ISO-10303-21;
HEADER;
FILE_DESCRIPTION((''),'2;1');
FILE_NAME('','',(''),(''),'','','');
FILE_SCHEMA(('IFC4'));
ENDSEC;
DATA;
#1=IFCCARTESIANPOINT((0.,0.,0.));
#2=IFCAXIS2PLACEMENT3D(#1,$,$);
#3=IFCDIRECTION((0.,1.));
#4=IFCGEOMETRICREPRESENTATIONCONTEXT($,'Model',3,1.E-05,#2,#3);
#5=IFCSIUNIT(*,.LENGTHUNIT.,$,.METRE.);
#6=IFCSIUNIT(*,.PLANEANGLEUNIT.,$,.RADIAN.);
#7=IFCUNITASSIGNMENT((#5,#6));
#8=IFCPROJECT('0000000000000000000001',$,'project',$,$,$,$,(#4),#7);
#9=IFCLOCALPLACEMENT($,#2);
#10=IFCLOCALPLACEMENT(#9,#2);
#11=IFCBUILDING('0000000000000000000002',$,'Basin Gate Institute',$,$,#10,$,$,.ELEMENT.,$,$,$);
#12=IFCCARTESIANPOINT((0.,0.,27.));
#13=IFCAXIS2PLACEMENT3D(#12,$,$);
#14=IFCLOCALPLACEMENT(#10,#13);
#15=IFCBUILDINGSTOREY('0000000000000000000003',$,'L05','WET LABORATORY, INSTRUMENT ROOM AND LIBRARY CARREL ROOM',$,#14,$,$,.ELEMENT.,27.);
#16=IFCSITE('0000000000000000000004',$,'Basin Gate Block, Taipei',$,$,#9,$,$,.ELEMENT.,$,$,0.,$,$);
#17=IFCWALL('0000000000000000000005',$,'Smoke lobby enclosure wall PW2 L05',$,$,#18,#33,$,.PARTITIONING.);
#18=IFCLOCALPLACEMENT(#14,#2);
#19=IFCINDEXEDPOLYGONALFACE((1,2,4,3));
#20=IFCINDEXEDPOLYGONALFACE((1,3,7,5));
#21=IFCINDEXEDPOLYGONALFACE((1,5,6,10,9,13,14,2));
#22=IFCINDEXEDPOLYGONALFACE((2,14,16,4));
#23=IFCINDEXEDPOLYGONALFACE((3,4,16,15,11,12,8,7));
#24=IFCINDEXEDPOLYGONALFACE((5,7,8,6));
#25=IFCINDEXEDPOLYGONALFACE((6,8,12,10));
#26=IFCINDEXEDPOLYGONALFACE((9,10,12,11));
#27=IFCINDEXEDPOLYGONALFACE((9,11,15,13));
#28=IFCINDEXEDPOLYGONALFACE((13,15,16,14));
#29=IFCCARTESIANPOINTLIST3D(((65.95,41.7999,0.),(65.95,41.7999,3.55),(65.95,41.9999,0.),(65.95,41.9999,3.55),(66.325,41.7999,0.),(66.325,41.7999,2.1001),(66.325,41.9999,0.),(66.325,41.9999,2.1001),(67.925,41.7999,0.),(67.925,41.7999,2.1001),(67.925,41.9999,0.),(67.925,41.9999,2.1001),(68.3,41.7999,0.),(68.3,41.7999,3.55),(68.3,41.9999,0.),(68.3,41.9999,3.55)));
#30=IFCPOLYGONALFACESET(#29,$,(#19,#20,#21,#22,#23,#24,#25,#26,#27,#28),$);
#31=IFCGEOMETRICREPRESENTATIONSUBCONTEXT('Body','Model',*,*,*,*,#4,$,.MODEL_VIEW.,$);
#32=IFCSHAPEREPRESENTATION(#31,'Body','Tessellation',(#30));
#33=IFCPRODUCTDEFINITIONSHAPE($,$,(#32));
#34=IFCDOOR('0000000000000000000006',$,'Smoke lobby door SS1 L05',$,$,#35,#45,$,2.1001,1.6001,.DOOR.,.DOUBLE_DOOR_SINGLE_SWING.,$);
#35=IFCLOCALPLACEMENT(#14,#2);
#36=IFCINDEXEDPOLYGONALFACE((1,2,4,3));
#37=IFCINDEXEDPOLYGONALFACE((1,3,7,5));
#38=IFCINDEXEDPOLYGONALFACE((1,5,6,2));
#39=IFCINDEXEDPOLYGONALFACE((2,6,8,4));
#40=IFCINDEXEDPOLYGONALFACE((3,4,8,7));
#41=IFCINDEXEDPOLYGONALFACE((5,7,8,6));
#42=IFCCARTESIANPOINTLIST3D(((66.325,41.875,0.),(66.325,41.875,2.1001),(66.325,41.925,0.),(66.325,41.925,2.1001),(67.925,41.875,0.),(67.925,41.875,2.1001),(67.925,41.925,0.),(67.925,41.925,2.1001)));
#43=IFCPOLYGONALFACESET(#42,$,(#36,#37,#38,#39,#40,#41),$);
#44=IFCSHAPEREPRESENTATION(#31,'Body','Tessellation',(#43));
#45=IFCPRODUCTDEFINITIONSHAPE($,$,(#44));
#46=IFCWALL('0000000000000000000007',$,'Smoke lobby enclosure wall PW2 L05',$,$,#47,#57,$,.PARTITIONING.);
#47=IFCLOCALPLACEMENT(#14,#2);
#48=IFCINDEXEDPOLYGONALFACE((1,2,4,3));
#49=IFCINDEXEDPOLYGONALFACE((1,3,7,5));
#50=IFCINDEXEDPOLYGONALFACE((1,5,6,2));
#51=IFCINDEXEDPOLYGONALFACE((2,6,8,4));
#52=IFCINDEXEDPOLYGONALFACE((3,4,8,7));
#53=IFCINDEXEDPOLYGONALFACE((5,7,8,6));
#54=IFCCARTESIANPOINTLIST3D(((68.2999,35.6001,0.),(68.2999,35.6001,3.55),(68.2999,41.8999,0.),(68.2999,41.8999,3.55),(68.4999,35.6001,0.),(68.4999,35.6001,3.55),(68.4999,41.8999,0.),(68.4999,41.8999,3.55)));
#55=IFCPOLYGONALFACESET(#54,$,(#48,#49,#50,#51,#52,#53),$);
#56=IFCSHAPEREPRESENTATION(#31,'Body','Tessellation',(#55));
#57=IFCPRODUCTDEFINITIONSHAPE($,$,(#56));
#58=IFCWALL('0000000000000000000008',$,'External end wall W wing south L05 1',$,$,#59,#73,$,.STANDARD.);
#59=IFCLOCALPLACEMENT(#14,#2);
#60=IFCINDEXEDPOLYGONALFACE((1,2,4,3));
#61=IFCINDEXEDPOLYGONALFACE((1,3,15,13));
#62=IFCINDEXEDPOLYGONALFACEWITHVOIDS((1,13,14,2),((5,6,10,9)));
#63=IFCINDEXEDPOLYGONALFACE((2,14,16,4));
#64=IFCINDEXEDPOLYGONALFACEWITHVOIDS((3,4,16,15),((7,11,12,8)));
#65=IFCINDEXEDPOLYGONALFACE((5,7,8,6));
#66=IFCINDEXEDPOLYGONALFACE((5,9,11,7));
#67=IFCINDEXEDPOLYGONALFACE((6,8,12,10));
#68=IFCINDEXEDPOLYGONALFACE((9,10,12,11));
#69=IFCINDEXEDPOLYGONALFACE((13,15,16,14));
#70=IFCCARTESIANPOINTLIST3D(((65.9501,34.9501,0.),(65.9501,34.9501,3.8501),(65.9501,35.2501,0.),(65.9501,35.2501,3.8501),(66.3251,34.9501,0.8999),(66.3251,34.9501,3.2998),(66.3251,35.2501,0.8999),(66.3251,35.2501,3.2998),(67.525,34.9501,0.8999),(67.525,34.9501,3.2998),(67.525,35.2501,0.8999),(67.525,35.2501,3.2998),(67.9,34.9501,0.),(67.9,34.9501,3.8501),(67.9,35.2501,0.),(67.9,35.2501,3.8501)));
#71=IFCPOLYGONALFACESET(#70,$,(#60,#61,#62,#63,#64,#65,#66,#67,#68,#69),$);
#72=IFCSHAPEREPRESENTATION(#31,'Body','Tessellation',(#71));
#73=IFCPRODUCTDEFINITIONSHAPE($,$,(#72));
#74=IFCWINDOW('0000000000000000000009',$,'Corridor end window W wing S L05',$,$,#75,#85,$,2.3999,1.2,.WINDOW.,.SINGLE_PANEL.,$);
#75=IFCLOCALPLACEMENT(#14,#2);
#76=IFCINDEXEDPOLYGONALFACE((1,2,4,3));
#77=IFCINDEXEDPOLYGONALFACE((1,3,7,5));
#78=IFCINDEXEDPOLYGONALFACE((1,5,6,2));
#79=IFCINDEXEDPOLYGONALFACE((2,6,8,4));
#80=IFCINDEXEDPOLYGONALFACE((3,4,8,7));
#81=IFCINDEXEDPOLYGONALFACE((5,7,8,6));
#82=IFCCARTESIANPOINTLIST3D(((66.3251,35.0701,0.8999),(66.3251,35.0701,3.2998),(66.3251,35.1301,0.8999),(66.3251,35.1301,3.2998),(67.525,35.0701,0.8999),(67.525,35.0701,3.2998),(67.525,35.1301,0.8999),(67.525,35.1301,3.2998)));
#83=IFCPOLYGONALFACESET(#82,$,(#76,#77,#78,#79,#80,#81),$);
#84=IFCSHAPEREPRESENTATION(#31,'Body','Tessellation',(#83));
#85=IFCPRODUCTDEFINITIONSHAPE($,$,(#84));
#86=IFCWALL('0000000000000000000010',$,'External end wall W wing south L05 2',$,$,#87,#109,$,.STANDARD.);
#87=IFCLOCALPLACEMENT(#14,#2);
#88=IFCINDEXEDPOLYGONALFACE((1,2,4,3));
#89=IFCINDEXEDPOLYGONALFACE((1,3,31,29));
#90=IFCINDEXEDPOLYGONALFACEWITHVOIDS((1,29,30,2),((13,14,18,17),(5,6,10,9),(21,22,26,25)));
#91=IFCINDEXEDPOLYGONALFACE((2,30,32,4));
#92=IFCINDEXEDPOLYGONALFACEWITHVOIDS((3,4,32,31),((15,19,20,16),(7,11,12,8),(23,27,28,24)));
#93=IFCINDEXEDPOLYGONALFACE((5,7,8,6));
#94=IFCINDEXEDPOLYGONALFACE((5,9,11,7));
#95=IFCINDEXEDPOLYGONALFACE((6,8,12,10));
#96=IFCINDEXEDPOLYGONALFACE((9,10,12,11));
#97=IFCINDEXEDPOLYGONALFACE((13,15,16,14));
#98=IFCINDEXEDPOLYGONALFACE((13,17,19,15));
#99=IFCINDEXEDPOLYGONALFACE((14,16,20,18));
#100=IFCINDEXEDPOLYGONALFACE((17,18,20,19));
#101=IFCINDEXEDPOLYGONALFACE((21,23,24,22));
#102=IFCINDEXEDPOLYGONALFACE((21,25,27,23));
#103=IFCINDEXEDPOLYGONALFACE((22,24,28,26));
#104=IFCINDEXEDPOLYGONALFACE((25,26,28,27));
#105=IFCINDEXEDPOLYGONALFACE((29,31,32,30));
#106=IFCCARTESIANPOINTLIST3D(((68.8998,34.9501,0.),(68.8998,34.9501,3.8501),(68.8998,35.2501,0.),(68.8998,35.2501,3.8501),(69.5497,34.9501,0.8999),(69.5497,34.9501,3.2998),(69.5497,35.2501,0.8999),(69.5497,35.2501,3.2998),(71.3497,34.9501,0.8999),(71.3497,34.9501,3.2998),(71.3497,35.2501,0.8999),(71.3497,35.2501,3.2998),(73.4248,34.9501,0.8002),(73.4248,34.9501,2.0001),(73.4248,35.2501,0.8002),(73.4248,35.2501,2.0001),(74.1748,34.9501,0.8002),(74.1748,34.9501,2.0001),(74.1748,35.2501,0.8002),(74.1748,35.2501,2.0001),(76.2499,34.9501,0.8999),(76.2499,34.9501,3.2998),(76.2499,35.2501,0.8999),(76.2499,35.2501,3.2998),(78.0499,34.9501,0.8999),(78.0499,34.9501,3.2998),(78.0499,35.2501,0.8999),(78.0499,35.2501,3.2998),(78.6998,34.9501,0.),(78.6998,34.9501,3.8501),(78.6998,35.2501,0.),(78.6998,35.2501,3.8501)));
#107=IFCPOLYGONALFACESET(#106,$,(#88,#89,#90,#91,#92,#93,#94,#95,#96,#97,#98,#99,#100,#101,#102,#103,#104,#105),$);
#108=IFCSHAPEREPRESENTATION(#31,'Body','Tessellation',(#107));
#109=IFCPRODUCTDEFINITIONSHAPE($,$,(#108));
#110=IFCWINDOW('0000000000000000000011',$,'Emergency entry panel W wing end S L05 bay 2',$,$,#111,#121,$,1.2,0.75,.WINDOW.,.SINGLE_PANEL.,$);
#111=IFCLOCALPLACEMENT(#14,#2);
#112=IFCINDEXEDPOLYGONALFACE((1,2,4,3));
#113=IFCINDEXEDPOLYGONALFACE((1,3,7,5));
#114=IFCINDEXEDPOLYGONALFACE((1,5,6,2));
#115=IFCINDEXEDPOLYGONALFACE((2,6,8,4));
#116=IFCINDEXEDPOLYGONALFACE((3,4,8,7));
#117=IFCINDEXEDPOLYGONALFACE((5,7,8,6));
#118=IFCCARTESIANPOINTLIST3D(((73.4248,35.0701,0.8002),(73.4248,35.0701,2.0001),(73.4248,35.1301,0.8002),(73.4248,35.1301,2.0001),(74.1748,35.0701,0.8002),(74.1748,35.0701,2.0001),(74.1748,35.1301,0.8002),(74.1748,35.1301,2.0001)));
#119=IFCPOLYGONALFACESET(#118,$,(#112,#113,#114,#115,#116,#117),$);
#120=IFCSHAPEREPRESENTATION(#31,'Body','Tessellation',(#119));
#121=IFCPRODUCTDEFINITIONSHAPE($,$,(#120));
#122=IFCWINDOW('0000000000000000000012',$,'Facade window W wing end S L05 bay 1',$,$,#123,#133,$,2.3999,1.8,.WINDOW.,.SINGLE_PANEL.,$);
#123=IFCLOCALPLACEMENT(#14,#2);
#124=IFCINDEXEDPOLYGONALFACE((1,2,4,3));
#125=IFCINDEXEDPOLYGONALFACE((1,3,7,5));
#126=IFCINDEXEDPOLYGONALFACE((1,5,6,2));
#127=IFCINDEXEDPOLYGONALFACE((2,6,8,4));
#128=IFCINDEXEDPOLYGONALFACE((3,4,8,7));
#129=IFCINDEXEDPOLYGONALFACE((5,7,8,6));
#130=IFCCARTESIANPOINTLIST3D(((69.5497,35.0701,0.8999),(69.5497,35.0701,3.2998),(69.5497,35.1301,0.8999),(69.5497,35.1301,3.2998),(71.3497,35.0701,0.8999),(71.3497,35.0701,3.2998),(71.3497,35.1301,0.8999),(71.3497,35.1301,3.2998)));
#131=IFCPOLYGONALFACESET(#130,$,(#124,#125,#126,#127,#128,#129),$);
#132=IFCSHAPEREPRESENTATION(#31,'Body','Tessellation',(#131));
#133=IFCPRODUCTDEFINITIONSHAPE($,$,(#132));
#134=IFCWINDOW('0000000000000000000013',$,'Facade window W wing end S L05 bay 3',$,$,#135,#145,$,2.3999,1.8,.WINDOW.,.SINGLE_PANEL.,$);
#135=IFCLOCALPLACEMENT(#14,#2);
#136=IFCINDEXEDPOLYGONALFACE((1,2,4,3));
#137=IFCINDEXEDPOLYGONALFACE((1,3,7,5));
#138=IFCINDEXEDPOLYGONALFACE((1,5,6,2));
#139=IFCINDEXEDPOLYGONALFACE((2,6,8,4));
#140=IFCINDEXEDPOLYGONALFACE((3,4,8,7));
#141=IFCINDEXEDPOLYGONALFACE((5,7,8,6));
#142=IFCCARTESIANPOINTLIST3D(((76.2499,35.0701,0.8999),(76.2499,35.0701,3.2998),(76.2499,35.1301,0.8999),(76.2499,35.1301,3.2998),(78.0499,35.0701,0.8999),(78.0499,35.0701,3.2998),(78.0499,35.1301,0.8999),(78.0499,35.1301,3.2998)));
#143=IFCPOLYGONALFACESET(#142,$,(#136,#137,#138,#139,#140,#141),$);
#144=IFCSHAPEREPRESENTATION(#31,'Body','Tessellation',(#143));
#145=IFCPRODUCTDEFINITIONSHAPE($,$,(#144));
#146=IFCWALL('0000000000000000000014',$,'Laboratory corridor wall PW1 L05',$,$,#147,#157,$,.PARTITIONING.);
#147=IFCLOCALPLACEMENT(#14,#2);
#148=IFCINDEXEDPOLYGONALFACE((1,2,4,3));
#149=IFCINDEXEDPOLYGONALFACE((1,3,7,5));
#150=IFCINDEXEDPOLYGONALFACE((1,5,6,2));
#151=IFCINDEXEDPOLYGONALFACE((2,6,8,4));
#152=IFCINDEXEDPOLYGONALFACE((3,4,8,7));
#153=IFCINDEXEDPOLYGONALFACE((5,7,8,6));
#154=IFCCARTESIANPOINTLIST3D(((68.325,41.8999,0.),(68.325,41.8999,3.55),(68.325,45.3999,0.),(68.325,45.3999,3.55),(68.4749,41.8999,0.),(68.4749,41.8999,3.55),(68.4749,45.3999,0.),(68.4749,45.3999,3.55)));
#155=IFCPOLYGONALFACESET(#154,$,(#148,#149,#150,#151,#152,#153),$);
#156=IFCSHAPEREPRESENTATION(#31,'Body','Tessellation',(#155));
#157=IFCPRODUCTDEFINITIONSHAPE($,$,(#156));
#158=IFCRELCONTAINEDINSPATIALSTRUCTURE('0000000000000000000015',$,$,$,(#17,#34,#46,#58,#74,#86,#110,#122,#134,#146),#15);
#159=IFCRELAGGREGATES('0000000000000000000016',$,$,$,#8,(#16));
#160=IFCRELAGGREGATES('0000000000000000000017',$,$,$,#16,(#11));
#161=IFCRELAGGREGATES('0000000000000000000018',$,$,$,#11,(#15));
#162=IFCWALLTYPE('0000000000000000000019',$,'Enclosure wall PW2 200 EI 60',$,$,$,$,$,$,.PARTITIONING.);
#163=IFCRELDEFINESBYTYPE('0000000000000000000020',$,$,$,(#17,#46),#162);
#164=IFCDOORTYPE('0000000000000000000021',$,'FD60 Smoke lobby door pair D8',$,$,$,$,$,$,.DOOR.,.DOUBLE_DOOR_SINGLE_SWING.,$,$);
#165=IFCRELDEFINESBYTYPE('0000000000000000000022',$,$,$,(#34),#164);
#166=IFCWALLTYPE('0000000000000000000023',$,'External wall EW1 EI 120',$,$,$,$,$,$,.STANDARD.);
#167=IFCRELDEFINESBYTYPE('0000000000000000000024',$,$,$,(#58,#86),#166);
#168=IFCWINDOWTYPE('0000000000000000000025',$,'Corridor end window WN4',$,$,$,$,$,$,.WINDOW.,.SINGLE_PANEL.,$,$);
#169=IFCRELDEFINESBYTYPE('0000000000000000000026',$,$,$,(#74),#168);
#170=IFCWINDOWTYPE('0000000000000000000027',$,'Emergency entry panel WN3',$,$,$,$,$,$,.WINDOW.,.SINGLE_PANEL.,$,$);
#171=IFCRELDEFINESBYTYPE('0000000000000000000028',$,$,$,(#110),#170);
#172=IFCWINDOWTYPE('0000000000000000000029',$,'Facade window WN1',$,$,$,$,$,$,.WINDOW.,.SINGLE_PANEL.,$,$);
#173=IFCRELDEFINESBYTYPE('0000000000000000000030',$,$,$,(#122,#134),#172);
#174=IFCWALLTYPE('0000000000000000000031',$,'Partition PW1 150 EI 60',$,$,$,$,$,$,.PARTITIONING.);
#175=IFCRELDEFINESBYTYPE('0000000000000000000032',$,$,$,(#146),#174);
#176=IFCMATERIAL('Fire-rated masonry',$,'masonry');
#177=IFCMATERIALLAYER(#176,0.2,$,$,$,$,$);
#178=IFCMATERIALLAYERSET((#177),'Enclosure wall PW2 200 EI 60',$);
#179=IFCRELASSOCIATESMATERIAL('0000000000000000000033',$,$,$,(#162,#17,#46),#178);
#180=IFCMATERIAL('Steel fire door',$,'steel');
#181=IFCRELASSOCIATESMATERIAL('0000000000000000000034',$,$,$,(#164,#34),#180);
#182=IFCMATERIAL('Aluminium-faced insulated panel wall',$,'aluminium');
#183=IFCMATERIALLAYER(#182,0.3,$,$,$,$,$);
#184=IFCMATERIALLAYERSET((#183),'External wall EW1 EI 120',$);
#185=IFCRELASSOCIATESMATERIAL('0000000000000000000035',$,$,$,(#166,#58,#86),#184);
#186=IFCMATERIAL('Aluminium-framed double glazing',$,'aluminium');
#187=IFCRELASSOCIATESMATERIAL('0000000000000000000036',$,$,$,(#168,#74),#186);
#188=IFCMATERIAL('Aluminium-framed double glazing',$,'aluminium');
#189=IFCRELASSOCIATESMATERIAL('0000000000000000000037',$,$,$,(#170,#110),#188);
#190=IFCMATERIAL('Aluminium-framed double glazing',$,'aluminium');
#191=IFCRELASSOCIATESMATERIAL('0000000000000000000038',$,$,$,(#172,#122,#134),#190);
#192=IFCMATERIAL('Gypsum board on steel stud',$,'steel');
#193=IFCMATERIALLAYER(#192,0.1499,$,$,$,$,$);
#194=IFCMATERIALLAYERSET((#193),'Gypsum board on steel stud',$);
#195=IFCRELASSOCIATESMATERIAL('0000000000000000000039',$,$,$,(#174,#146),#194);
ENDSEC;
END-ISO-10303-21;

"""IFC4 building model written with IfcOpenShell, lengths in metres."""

from ifc_helpers import new_model, si_unit, direction, frame, frame_2d, origin, place, context, subcontext, project, spatial, rectangle, extrude, material, layer, layer_set, type_object, element, fill, save


model = new_model("IFC4")

# Units and contexts
model_context = context("Model", 3, precision=1e-05, world=origin(), true_north=direction((0.0, 1.0)))
body_context = subcontext(model_context, "Body", "Model", "MODEL_VIEW")
ifc_project = project(units=[si_unit("LENGTHUNIT", "METRE"), si_unit("PLANEANGLEUNIT", "RADIAN")], contexts=[model_context])

# Site, building, storey
site_placement = place(None, origin())
site = spatial("IfcSite", under=ifc_project, at=site_placement, Name="Basin Gate Block, Taipei", CompositionType="ELEMENT", RefElevation=0.0)
building_placement = place(site_placement, origin())
building = spatial("IfcBuilding", under=site, at=building_placement, Name="Basin Gate Institute", CompositionType="ELEMENT")
storey_placement = place(building_placement, frame((0.0, 0.0, 27.0)))
storey = spatial("IfcBuildingStorey", under=building, at=storey_placement, Name="L05", Description="WET LABORATORY, INSTRUMENT ROOM AND LIBRARY CARREL ROOM", CompositionType="ELEMENT", Elevation=27.0)

# Wall, opening, door
ifc_material_1 = material(Name="Fire-rated masonry", Category="masonry")
ifc_layer_1 = layer(ifc_material_1, 0.2)
ifc_layer_set_1 = layer_set([ifc_layer_1], Name="Enclosure wall PW2 200 EI 60")
wall_type_1 = type_object("IfcWallType", Name="Enclosure wall PW2 200 EI 60", PredefinedType="PARTITIONING", material=ifc_layer_set_1)
wall_1_placement = place(storey_placement, frame((65.95, 41.8999, 0.0), z_axis=(0.0, 0.0, 1.0), x_axis=(1.0, 0.0, 0.0)))
wall_1 = element("IfcWall", 1, at=wall_1_placement, inside=storey, type_object=wall_type_1, material=ifc_layer_set_1, Name="Smoke lobby enclosure wall PW2 L05", PredefinedType="PARTITIONING", context=body_context, shape_type="SweptSolid", body=[
    extrude(rectangle(XDim=2.3501, YDim=0.2, at=frame_2d((1.175, 0.0))), origin(), (0.0, 0.0, 1.0), 3.55),
])
opening_1_placement = place(wall_1_placement, frame((0.375, 0.0, 0.0)))
opening_1 = element("IfcOpeningElement", 2, at=opening_1_placement, cuts=wall_1, PredefinedType="OPENING", context=body_context, shape_type="SweptSolid", body=[
    extrude(rectangle(XDim=1.6001, YDim=2.1001, at=frame_2d((0.8, 1.05))), frame((0.0, 0.1099, 0.0), z_axis=(0.0, -1.0, 0.0), x_axis=(1.0, 0.0, 0.0)), (0.0, 0.0, 1.0), 0.22),
])
ifc_material_2 = material(Name="Steel fire door", Category="steel")
door_type_1 = type_object("IfcDoorType", Name="FD60 Smoke lobby door pair D8", OperationType="DOUBLE_DOOR_SINGLE_SWING", PredefinedType="DOOR", material=ifc_material_2)
door_1_placement = place(opening_1_placement, frame((1.6001, 0.0, 0.0), z_axis=(0.0, 0.0, 1.0), x_axis=(-1.0, 0.0, 0.0)))
door_1 = element("IfcDoor", 3, at=door_1_placement, inside=storey, type_object=door_type_1, material=ifc_material_2, Name="Smoke lobby door SS1 L05", OperationType="DOUBLE_DOOR_SINGLE_SWING", OverallHeight=2.1001, OverallWidth=1.6001, PredefinedType="DOOR", context=body_context, shape_type="SweptSolid", body=[
    extrude(rectangle(XDim=1.6001, YDim=2.1001, at=frame_2d((0.8, 1.05))), frame((0.0, 0.0249, 0.0), z_axis=(0.0, -1.0, 0.0), x_axis=(1.0, 0.0, 0.0)), (0.0, 0.0, 1.0), 0.05),
])
fill(opening_1, door_1)

# Wall
wall_2_placement = place(storey_placement, frame((68.3999, 35.6001, 0.0), z_axis=(0.0, 0.0, 1.0), x_axis=(0.0, 1.0, 0.0)))
element("IfcWall", 4, at=wall_2_placement, inside=storey, type_object=wall_type_1, material=ifc_layer_set_1, Name="Smoke lobby enclosure wall PW2 L05", PredefinedType="PARTITIONING", context=body_context, shape_type="SweptSolid", body=[
    extrude(rectangle(XDim=6.2998, YDim=0.2, at=frame_2d((3.1499, 0.0))), origin(), (0.0, 0.0, 1.0), 3.55),
])

# Wall, opening, window
ifc_material_3 = material(Name="Aluminium-faced insulated panel wall", Category="aluminium")
ifc_layer_2 = layer(ifc_material_3, 0.3)
ifc_layer_set_2 = layer_set([ifc_layer_2], Name="External wall EW1 EI 120")
wall_type_2 = type_object("IfcWallType", Name="External wall EW1 EI 120", PredefinedType="STANDARD", material=ifc_layer_set_2)
wall_3_placement = place(storey_placement, frame((65.95, 35.1001, 0.0), z_axis=(0.0, 0.0, 1.0), x_axis=(1.0, 0.0, 0.0)))
wall_3 = element("IfcWall", 5, at=wall_3_placement, inside=storey, type_object=wall_type_2, material=ifc_layer_set_2, Name="External end wall W wing south L05 1", PredefinedType="STANDARD", context=body_context, shape_type="SweptSolid", body=[
    extrude(rectangle(XDim=1.95, YDim=0.3, at=frame_2d((0.9751, 0.0))), origin(), (0.0, 0.0, 1.0), 3.8501),
])
opening_2_placement = place(wall_3_placement, frame((0.375, 0.0, 0.8999)))
opening_2 = element("IfcOpeningElement", 6, at=opening_2_placement, cuts=wall_3, PredefinedType="OPENING", context=body_context, shape_type="SweptSolid", body=[
    extrude(rectangle(XDim=1.2, YDim=2.3999, at=frame_2d((0.6001, 1.2))), frame((0.0, 0.1602, 0.0), z_axis=(0.0, -1.0, 0.0), x_axis=(1.0, 0.0, 0.0)), (0.0, 0.0, 1.0), 0.3201),
])
ifc_material_4 = material(Name="Aluminium-framed double glazing", Category="aluminium")
window_type_1 = type_object("IfcWindowType", Name="Corridor end window WN4", PartitioningType="SINGLE_PANEL", PredefinedType="WINDOW", material=ifc_material_4)
window_1_placement = place(opening_2_placement, origin())
window_1 = element("IfcWindow", 7, at=window_1_placement, inside=storey, type_object=window_type_1, material=ifc_material_4, Name="Corridor end window W wing S L05", OverallHeight=2.3999, OverallWidth=1.2, PartitioningType="SINGLE_PANEL", PredefinedType="WINDOW", context=body_context, shape_type="SweptSolid", body=[
    extrude(rectangle(XDim=1.2, YDim=2.3999, at=frame_2d((0.6001, 1.2))), frame((0.0, 0.03, 0.0), z_axis=(0.0, -1.0, 0.0), x_axis=(1.0, 0.0, 0.0)), (0.0, 0.0, 1.0), 0.0601),
])
fill(opening_2, window_1)

# Wall, openings, windows
wall_4_placement = place(storey_placement, frame((68.8999, 35.1001, 0.0), z_axis=(0.0, 0.0, 1.0), x_axis=(1.0, 0.0, 0.0)))
wall_4 = element("IfcWall", 8, at=wall_4_placement, inside=storey, type_object=wall_type_2, material=ifc_layer_set_2, Name="External end wall W wing south L05 2", PredefinedType="STANDARD", context=body_context, shape_type="SweptSolid", body=[
    extrude(rectangle(XDim=9.8, YDim=0.3, at=frame_2d((4.8999, 0.0))), origin(), (0.0, 0.0, 1.0), 3.8501),
])
opening_3_placement = place(wall_4_placement, frame((0.6499, 0.0, 0.8999)))
opening_3 = element("IfcOpeningElement", 9, at=opening_3_placement, cuts=wall_4, PredefinedType="OPENING", context=body_context, shape_type="SweptSolid", body=[
    extrude(rectangle(XDim=1.8, YDim=2.3999, at=frame_2d((0.8999, 1.2))), frame((0.0, 0.1602, 0.0), z_axis=(0.0, -1.0, 0.0), x_axis=(1.0, 0.0, 0.0)), (0.0, 0.0, 1.0), 0.3201),
])
opening_4_placement = place(wall_4_placement, frame((4.5249, 0.0, 0.8)))
opening_4 = element("IfcOpeningElement", 10, at=opening_4_placement, cuts=wall_4, PredefinedType="OPENING", context=body_context, shape_type="SweptSolid", body=[
    extrude(rectangle(XDim=0.75, YDim=1.2, at=frame_2d((0.375, 0.6001))), frame((0.0, 0.1602, 0.0), z_axis=(0.0, -1.0, 0.0), x_axis=(1.0, 0.0, 0.0)), (0.0, 0.0, 1.0), 0.3201),
])
opening_5_placement = place(wall_4_placement, frame((7.3501, 0.0, 0.8999)))
opening_5 = element("IfcOpeningElement", 11, at=opening_5_placement, cuts=wall_4, PredefinedType="OPENING", context=body_context, shape_type="SweptSolid", body=[
    extrude(rectangle(XDim=1.8, YDim=2.3999, at=frame_2d((0.8999, 1.2))), frame((0.0, 0.1602, 0.0), z_axis=(0.0, -1.0, 0.0), x_axis=(1.0, 0.0, 0.0)), (0.0, 0.0, 1.0), 0.3201),
])
ifc_material_5 = material(Name="Aluminium-framed double glazing", Category="aluminium")
window_type_2 = type_object("IfcWindowType", Name="Emergency entry panel WN3", PartitioningType="SINGLE_PANEL", PredefinedType="WINDOW", material=ifc_material_5)
window_2_placement = place(opening_4_placement, origin())
window_2 = element("IfcWindow", 12, at=window_2_placement, inside=storey, type_object=window_type_2, material=ifc_material_5, Name="Emergency entry panel W wing end S L05 bay 2", OverallHeight=1.2, OverallWidth=0.75, PartitioningType="SINGLE_PANEL", PredefinedType="WINDOW", context=body_context, shape_type="SweptSolid", body=[
    extrude(rectangle(XDim=0.75, YDim=1.2, at=frame_2d((0.375, 0.6001))), frame((0.0, 0.03, 0.0), z_axis=(0.0, -1.0, 0.0), x_axis=(1.0, 0.0, 0.0)), (0.0, 0.0, 1.0), 0.0601),
])
fill(opening_4, window_2)
ifc_material_6 = material(Name="Aluminium-framed double glazing", Category="aluminium")
window_type_3 = type_object("IfcWindowType", Name="Facade window WN1", PartitioningType="SINGLE_PANEL", PredefinedType="WINDOW", material=ifc_material_6)
window_3_placement = place(opening_3_placement, origin())
window_3 = element("IfcWindow", 13, at=window_3_placement, inside=storey, type_object=window_type_3, material=ifc_material_6, Name="Facade window W wing end S L05 bay 1", OverallHeight=2.3999, OverallWidth=1.8, PartitioningType="SINGLE_PANEL", PredefinedType="WINDOW", context=body_context, shape_type="SweptSolid", body=[
    extrude(rectangle(XDim=1.8, YDim=2.3999, at=frame_2d((0.8999, 1.2))), frame((0.0, 0.03, 0.0), z_axis=(0.0, -1.0, 0.0), x_axis=(1.0, 0.0, 0.0)), (0.0, 0.0, 1.0), 0.0601),
])
fill(opening_3, window_3)
window_4_placement = place(opening_5_placement, origin())
window_4 = element("IfcWindow", 14, at=window_4_placement, inside=storey, type_object=window_type_3, material=ifc_material_6, Name="Facade window W wing end S L05 bay 3", OverallHeight=2.3999, OverallWidth=1.8, PartitioningType="SINGLE_PANEL", PredefinedType="WINDOW", context=body_context, shape_type="SweptSolid", body=[
    extrude(rectangle(XDim=1.8, YDim=2.3999, at=frame_2d((0.8999, 1.2))), frame((0.0, 0.03, 0.0), z_axis=(0.0, -1.0, 0.0), x_axis=(1.0, 0.0, 0.0)), (0.0, 0.0, 1.0), 0.0601),
])
fill(opening_5, window_4)

# Wall
ifc_material_7 = material(Name="Gypsum board on steel stud", Category="steel")
ifc_layer_3 = layer(ifc_material_7, 0.1499)
ifc_layer_set_3 = layer_set([ifc_layer_3], Name="Gypsum board on steel stud")
wall_type_3 = type_object("IfcWallType", Name="Partition PW1 150 EI 60", PredefinedType="PARTITIONING", material=ifc_layer_set_3)
wall_5_placement = place(storey_placement, frame((68.3999, 41.8999, 0.0), z_axis=(0.0, 0.0, 1.0), x_axis=(0.0, 1.0, 0.0)))
element("IfcWall", 15, at=wall_5_placement, inside=storey, type_object=wall_type_3, material=ifc_layer_set_3, Name="Laboratory corridor wall PW1 L05", PredefinedType="PARTITIONING", context=body_context, shape_type="SweptSolid", body=[
    extrude(rectangle(XDim=3.5, YDim=0.1499, at=frame_2d((1.75, 0.0))), origin(), (0.0, 0.0, 1.0), 3.55),
])

save(model, "model.ifc")
